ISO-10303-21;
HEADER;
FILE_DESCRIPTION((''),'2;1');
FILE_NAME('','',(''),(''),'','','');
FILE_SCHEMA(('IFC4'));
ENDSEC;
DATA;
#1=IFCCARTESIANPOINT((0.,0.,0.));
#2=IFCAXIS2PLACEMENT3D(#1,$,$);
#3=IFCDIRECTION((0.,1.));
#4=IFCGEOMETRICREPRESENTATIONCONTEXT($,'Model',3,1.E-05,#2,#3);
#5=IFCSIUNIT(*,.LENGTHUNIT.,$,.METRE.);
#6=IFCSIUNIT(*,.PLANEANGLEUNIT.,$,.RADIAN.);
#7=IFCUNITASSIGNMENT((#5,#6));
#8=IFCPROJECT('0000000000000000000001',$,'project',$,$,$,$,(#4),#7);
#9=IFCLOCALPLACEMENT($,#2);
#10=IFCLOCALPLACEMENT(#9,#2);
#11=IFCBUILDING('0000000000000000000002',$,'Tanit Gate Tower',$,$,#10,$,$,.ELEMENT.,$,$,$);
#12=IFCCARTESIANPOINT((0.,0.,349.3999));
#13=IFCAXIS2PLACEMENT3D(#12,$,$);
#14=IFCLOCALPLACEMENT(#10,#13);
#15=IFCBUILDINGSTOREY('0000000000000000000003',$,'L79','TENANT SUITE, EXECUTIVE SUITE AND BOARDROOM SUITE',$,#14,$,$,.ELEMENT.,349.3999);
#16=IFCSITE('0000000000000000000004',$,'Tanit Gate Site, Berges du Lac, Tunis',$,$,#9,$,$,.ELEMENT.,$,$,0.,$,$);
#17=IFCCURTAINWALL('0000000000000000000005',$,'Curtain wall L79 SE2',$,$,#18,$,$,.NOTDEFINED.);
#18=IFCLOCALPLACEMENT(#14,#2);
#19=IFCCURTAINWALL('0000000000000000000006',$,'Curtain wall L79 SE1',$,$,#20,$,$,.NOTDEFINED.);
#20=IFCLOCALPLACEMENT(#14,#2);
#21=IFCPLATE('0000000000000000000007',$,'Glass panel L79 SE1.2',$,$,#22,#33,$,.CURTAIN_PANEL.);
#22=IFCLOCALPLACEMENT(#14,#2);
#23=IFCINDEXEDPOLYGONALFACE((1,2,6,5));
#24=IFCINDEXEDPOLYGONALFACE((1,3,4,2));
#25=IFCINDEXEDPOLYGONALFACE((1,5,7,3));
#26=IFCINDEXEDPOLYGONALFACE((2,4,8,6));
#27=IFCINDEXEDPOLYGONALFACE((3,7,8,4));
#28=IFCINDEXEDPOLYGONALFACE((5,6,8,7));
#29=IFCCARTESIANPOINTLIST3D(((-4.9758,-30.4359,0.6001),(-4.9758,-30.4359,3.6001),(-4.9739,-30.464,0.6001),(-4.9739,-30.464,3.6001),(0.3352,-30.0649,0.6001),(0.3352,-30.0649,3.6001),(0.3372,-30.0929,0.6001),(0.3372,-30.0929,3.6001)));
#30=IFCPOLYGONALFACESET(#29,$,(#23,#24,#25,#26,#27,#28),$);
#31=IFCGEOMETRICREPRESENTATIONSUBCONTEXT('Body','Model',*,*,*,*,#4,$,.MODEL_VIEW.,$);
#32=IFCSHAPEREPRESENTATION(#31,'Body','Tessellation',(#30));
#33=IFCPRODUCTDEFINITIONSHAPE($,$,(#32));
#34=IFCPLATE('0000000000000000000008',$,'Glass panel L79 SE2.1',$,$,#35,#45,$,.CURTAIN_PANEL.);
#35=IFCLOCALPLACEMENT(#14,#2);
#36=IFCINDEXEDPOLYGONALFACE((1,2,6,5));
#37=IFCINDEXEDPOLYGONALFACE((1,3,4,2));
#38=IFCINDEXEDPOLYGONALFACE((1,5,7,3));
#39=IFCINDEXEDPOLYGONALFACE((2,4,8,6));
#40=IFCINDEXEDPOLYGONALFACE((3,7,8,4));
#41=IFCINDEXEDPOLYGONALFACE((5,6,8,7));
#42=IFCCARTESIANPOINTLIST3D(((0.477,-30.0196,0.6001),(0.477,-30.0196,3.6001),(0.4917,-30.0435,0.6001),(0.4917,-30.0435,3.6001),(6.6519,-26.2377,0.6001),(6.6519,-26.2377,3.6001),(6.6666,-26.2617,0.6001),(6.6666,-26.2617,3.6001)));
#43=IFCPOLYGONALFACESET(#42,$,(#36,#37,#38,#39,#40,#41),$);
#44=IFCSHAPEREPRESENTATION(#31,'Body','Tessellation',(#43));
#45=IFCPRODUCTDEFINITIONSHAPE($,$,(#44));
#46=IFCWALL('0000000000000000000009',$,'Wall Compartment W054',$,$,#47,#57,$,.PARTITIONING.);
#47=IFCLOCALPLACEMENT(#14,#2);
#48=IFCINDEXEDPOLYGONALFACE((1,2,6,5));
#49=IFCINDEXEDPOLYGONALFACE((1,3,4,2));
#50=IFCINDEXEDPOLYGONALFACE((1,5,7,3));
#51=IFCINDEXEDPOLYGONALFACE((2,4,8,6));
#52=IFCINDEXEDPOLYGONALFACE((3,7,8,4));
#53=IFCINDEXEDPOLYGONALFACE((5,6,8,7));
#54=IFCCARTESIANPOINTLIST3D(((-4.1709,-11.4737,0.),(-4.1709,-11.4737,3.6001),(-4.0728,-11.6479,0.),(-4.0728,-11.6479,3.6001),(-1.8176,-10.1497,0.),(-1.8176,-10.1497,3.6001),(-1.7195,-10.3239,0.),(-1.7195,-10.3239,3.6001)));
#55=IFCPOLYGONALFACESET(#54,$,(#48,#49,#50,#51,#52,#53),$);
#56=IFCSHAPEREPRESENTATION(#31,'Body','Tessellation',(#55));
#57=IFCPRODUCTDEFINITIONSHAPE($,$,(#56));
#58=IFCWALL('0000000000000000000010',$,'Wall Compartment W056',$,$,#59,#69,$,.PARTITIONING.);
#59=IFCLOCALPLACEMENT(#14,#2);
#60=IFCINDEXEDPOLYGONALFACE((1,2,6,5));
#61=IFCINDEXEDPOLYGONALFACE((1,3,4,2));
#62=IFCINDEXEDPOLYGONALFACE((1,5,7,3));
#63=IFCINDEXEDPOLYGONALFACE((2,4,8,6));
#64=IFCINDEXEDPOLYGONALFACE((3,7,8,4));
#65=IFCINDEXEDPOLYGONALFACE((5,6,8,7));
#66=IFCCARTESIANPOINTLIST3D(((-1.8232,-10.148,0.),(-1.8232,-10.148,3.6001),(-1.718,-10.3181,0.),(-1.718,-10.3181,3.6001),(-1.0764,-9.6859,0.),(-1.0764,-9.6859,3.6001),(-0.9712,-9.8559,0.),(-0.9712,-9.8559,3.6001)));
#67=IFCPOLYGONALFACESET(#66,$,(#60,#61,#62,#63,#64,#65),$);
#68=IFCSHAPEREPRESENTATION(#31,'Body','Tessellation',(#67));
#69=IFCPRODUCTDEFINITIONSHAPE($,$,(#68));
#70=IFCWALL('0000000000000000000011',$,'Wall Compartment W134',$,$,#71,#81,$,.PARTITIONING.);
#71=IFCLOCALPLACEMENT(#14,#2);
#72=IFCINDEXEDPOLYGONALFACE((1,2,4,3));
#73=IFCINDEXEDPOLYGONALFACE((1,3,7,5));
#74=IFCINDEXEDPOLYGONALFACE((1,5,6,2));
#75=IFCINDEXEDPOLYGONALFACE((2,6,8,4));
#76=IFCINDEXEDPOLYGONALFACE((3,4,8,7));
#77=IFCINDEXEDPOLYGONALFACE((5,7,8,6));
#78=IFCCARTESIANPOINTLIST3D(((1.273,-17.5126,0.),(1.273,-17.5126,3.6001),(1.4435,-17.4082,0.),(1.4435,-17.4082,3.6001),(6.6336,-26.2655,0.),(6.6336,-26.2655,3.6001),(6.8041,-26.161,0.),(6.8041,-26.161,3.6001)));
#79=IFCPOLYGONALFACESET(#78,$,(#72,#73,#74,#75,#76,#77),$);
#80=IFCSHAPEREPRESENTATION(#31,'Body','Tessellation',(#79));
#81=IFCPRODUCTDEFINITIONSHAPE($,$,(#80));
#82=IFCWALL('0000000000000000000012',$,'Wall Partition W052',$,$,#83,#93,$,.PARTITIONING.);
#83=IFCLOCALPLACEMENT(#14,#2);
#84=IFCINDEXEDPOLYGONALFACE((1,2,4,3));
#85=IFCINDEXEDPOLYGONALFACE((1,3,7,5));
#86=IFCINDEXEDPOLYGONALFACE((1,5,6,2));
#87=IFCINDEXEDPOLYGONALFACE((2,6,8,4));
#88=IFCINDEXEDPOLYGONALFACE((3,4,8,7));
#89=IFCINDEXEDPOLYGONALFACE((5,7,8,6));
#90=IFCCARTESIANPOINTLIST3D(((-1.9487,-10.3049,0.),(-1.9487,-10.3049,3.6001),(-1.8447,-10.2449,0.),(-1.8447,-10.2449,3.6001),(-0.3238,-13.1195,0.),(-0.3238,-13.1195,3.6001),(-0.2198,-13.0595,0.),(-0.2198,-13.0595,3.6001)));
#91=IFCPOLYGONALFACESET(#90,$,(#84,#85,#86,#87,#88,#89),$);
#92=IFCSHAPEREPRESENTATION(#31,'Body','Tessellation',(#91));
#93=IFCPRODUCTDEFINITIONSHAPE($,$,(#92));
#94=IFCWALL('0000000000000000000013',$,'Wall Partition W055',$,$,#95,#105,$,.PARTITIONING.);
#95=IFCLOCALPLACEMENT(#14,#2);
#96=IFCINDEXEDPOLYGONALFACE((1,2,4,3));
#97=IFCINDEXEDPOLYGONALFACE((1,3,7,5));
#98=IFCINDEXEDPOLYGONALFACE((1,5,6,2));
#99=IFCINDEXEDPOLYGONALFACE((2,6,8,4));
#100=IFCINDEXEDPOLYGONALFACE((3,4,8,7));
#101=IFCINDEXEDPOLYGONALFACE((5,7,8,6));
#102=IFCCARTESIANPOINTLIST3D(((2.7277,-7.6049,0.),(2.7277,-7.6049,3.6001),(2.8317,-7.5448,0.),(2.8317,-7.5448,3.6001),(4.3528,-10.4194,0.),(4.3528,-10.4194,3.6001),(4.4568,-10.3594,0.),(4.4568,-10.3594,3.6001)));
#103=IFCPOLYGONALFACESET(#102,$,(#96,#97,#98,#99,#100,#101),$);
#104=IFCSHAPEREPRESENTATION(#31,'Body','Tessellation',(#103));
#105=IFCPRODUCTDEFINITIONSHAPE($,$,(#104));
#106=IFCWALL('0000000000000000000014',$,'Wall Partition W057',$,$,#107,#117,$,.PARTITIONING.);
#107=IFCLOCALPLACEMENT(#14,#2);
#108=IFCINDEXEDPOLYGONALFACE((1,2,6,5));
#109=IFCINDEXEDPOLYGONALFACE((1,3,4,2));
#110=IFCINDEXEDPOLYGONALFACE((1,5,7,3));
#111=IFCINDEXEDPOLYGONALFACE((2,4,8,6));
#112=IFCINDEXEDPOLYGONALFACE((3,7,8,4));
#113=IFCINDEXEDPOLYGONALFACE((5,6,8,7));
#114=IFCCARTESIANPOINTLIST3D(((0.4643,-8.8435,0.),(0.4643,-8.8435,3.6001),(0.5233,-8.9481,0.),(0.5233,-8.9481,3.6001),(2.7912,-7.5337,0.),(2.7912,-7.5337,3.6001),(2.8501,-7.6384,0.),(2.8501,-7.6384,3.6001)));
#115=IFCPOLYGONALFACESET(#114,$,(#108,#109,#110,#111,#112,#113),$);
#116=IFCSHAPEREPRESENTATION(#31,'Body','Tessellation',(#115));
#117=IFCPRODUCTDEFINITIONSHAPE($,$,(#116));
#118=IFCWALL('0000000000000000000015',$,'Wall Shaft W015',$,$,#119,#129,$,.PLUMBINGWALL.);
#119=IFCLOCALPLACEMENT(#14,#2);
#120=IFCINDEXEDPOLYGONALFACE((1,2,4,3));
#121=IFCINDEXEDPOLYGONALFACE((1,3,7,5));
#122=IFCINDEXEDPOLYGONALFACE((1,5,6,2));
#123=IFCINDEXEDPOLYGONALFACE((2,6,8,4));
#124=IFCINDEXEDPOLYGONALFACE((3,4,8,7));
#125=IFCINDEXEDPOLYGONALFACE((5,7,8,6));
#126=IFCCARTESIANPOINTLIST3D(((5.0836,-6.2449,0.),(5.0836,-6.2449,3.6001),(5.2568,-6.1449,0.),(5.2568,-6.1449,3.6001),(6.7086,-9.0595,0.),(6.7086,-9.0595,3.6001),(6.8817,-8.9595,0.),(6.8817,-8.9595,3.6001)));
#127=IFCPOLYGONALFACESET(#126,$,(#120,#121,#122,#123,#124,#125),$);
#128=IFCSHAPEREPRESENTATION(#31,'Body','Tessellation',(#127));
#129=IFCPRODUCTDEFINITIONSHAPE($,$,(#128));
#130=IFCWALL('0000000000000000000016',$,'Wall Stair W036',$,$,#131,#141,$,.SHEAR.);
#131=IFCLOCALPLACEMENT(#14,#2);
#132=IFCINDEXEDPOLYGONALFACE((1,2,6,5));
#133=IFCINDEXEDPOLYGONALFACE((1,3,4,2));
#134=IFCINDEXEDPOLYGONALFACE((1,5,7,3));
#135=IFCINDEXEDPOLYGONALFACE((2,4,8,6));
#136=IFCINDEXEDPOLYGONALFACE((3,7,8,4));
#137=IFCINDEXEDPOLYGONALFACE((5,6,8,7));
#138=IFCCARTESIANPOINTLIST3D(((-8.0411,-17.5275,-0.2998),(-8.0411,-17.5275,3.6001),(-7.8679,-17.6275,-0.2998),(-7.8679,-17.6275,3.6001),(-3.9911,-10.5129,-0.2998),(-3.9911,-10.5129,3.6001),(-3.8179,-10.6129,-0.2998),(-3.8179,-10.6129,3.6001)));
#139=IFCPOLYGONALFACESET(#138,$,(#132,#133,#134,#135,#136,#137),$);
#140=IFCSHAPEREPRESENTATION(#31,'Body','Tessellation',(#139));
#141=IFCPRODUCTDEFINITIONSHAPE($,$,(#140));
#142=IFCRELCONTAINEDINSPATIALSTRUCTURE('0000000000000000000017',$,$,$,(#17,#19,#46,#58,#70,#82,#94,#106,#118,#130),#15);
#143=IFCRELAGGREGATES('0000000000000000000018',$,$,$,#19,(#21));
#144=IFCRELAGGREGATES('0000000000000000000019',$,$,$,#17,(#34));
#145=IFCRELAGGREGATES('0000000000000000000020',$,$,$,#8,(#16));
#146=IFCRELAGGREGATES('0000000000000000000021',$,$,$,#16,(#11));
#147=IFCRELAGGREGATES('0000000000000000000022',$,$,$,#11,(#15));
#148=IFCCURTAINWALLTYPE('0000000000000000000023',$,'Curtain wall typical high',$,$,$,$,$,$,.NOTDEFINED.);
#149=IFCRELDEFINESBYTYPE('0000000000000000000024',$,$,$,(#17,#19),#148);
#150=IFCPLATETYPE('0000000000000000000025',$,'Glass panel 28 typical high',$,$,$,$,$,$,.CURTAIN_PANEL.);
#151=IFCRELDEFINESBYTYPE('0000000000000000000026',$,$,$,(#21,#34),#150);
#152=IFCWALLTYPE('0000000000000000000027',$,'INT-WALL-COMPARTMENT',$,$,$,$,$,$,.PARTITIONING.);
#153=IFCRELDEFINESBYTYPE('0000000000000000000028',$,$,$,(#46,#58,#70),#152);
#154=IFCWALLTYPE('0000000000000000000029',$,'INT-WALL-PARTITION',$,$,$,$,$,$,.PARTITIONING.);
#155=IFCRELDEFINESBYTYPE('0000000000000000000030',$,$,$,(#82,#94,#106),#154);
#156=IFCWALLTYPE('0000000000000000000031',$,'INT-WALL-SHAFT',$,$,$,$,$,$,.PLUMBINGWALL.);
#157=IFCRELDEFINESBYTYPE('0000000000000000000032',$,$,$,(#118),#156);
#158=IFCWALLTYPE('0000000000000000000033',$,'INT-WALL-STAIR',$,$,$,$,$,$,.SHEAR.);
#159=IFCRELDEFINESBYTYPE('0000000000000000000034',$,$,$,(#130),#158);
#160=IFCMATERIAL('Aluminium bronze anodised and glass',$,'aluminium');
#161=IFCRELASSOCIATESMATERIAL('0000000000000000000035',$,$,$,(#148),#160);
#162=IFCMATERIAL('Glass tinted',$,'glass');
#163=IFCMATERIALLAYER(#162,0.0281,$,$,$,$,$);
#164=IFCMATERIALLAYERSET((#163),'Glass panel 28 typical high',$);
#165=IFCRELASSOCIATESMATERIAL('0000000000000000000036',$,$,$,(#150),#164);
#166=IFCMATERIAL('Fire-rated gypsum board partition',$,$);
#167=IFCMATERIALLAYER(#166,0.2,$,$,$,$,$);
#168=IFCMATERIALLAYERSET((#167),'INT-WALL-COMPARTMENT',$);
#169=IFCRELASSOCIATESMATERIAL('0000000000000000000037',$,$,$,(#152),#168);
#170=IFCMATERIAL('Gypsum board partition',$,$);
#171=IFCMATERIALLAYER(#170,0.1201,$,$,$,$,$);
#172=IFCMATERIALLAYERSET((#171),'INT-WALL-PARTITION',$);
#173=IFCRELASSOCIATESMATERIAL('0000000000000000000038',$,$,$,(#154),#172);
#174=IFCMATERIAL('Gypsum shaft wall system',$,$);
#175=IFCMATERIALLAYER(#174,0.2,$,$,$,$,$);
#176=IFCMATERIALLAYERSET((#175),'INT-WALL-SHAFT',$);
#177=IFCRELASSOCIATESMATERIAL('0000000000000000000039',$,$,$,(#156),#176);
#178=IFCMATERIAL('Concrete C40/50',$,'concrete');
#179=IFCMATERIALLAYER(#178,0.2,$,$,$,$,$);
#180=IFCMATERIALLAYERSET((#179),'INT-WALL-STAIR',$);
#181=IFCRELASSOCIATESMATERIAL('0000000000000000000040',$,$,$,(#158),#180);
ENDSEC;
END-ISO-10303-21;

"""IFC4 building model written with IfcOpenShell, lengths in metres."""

from ifc_helpers import new_model, si_unit, direction, frame, frame_2d, origin, origin_2d, place, context, subcontext, project, spatial, rectangle, extrude, material, layer, layer_set, type_object, element, aggregate, save


model = new_model("IFC4")

# Units and contexts
model_context = context("Model", 3, precision=1e-05, world=origin(), true_north=direction((0.0, 1.0)))
body_context = subcontext(model_context, "Body", "Model", "MODEL_VIEW")
ifc_project = project(units=[si_unit("LENGTHUNIT", "METRE"), si_unit("PLANEANGLEUNIT", "RADIAN")], contexts=[model_context])

# Site, building, storey
site_placement = place(None, origin())
site = spatial("IfcSite", under=ifc_project, at=site_placement, Name="Tanit Gate Site, Berges du Lac, Tunis", CompositionType="ELEMENT", RefElevation=0.0)
building_placement = place(site_placement, origin())
building = spatial("IfcBuilding", under=site, at=building_placement, Name="Tanit Gate Tower", CompositionType="ELEMENT")
storey_placement = place(building_placement, frame((0.0, 0.0, 349.3999)))
storey = spatial("IfcBuildingStorey", under=building, at=storey_placement, Name="L79", Description="TENANT SUITE, EXECUTIVE SUITE AND BOARDROOM SUITE", CompositionType="ELEMENT", Elevation=349.3999)

# Curtain wall
ifc_material_1 = material(Name="Aluminium bronze anodised and glass", Category="aluminium")
curtain_wall_type = type_object("IfcCurtainWallType", Name="Curtain wall typical high", PredefinedType="NOTDEFINED", material=ifc_material_1)
curtain_wall_1_placement = place(storey_placement, origin())
curtain_wall_1 = element("IfcCurtainWall", 1, at=curtain_wall_1_placement, inside=storey, type_object=curtain_wall_type, Name="Curtain wall L79 SE2", PredefinedType="NOTDEFINED")

# Curtain wall
curtain_wall_2_placement = place(storey_placement, origin())
curtain_wall_2 = element("IfcCurtainWall", 2, at=curtain_wall_2_placement, inside=storey, type_object=curtain_wall_type, Name="Curtain wall L79 SE1", PredefinedType="NOTDEFINED")

# Plates
ifc_material_2 = material(Name="Glass tinted", Category="glass")
ifc_layer_1 = layer(ifc_material_2, 0.0281)
ifc_layer_set_1 = layer_set([ifc_layer_1], Name="Glass panel 28 typical high")
plate_type = type_object("IfcPlateType", Name="Glass panel 28 typical high", PredefinedType="CURTAIN_PANEL", material=ifc_layer_set_1)
plate_1_placement = place(storey_placement, frame((-2.3193, -30.2644, 0.6001), z_axis=(0.0, 0.0, 1.0), x_axis=(0.997568, 0.069702, 0.0)))
plate_1 = element("IfcPlate", 3, at=plate_1_placement, type_object=plate_type, Name="Glass panel L79 SE1.2", PredefinedType="CURTAIN_PANEL", context=body_context, shape_type="SweptSolid", body=[
    extrude(rectangle(XDim=5.324, YDim=0.0281, at=origin_2d()), origin(), (0.0, 0.0, 1.0), 3.0),
])
aggregate(curtain_wall_2, [plate_1])
plate_2_placement = place(storey_placement, frame((3.5718, -28.1406, 0.6001), z_axis=(0.0, 0.0, 1.0), x_axis=(0.852772, 0.522283, 0.0)))
plate_2 = element("IfcPlate", 4, at=plate_2_placement, type_object=plate_type, Name="Glass panel L79 SE2.1", PredefinedType="CURTAIN_PANEL", context=body_context, shape_type="SweptSolid", body=[
    extrude(rectangle(XDim=7.241, YDim=0.0281, at=origin_2d()), origin(), (0.0, 0.0, 1.0), 3.0),
])
aggregate(curtain_wall_1, [plate_2])

# Walls
ifc_material_3 = material(Name="Fire-rated gypsum board partition")
ifc_layer_2 = layer(ifc_material_3, 0.2)
ifc_layer_set_2 = layer_set([ifc_layer_2], Name="INT-WALL-COMPARTMENT")
wall_type_1 = type_object("IfcWallType", Name="INT-WALL-COMPARTMENT", PredefinedType="PARTITIONING", material=ifc_layer_set_2)
wall_1_placement = place(storey_placement, frame((-1.7686, -10.2368, 0.0), z_axis=(0.0, 0.0, 1.0), x_axis=(-0.871534, -0.490334, 0.0)))
element("IfcWall", 5, at=wall_1_placement, inside=storey, type_object=wall_type_1, Name="Wall Compartment W054", PredefinedType="PARTITIONING", context=body_context, shape_type="SweptSolid", body=[
    extrude(rectangle(XDim=2.7002, YDim=0.2, at=frame_2d((1.3501, 0.0))), origin(), (0.0, 0.0, 1.0), 3.6001),
])
wall_2_placement = place(storey_placement, frame((-1.0239, -9.771, 0.0), z_axis=(0.0, 0.0, 1.0), x_axis=(-0.850348, -0.526221, 0.0)))
element("IfcWall", 6, at=wall_2_placement, inside=storey, type_object=wall_type_1, Name="Wall Compartment W056", PredefinedType="PARTITIONING", context=body_context, shape_type="SweptSolid", body=[
    extrude(rectangle(XDim=0.8782, YDim=0.2, at=frame_2d((0.439, 0.0))), origin(), (0.0, 0.0, 1.0), 3.6001),
])
wall_3_placement = place(storey_placement, frame((6.7188, -26.2131, 0.0), z_axis=(0.0, 0.0, 1.0), x_axis=(-0.522271, 0.852779, 0.0)))
element("IfcWall", 7, at=wall_3_placement, inside=storey, type_object=wall_type_1, Name="Wall Compartment W134", PredefinedType="PARTITIONING", context=body_context, shape_type="SweptSolid", body=[
    extrude(rectangle(XDim=10.2639, YDim=0.2, at=frame_2d((5.1318, 0.0))), origin(), (0.0, 0.0, 1.0), 3.6001),
])
ifc_material_4 = material(Name="Gypsum board partition")
ifc_layer_3 = layer(ifc_material_4, 0.1201)
ifc_layer_set_3 = layer_set([ifc_layer_3], Name="INT-WALL-PARTITION")
wall_type_2 = type_object("IfcWallType", Name="INT-WALL-PARTITION", PredefinedType="PARTITIONING", material=ifc_layer_set_3)
for number, where, z_axis, x_axis, name in (
    (8, (-1.8967, -10.2749, 0.0), (0.0, 0.0, 1.0), (0.499985, -0.866034, 0.0), "Wall Partition W052"),
    (9, (4.4048, -10.3894, 0.0), (0.0, 0.0, 1.0), (-0.500017, 0.866015, 0.0), "Wall Partition W055"),
):
    element("IfcWall", number, at=place(storey_placement, frame(where, z_axis=z_axis, x_axis=x_axis)), inside=storey, type_object=wall_type_2, Name=name, PredefinedType="PARTITIONING", context=body_context, shape_type="SweptSolid", body=[
        extrude(rectangle(XDim=3.25, YDim=0.1201, at=frame_2d((1.625, 0.0))), origin(), (0.0, 0.0, 1.0), 3.6001),
    ])
wall_4_placement = place(storey_placement, frame((0.4939, -8.8958, 0.0), z_axis=(0.0, 0.0, 1.0), x_axis=(0.871427, 0.490526, 0.0)))
element("IfcWall", 10, at=wall_4_placement, inside=storey, type_object=wall_type_2, Name="Wall Partition W057", PredefinedType="PARTITIONING", context=body_context, shape_type="SweptSolid", body=[
    extrude(rectangle(XDim=2.6702, YDim=0.1201, at=frame_2d((1.335, 0.0))), origin(), (0.0, 0.0, 1.0), 3.6001),
])
ifc_material_5 = material(Name="Gypsum shaft wall system")
ifc_layer_4 = layer(ifc_material_5, 0.2)
ifc_layer_set_4 = layer_set([ifc_layer_4], Name="INT-WALL-SHAFT")
wall_type_3 = type_object("IfcWallType", Name="INT-WALL-SHAFT", PredefinedType="PLUMBINGWALL", material=ifc_layer_set_4)
wall_5_placement = place(storey_placement, frame((6.7952, -9.0095, 0.0), z_axis=(0.0, 0.0, 1.0), x_axis=(-0.499985, 0.866034, 0.0)))
element("IfcWall", 11, at=wall_5_placement, inside=storey, type_object=wall_type_3, Name="Wall Shaft W015", PredefinedType="PLUMBINGWALL", context=body_context, shape_type="SweptSolid", body=[
    extrude(rectangle(XDim=3.25, YDim=0.2, at=frame_2d((1.625, 0.0))), origin(), (0.0, 0.0, 1.0), 3.6001),
])
ifc_material_6 = material(Name="Concrete C40/50", Category="concrete")
ifc_layer_5 = layer(ifc_material_6, 0.2)
ifc_layer_set_5 = layer_set([ifc_layer_5], Name="INT-WALL-STAIR")
wall_type_4 = type_object("IfcWallType", Name="INT-WALL-STAIR", PredefinedType="SHEAR", material=ifc_layer_set_5)
wall_6_placement = place(storey_placement, frame((-3.9045, -10.563, -0.2998), z_axis=(0.0, 0.0, 1.0), x_axis=(-0.500013, -0.866018, 0.0)))
element("IfcWall", 12, at=wall_6_placement, inside=storey, type_object=wall_type_4, Name="Wall Stair W036", PredefinedType="SHEAR", context=body_context, shape_type="SweptSolid", body=[
    extrude(rectangle(XDim=8.0999, YDim=0.2, at=frame_2d((4.0498, 0.0))), origin(), (0.0, 0.0, 1.0), 3.8999),
])

save(model, "model.ifc")
